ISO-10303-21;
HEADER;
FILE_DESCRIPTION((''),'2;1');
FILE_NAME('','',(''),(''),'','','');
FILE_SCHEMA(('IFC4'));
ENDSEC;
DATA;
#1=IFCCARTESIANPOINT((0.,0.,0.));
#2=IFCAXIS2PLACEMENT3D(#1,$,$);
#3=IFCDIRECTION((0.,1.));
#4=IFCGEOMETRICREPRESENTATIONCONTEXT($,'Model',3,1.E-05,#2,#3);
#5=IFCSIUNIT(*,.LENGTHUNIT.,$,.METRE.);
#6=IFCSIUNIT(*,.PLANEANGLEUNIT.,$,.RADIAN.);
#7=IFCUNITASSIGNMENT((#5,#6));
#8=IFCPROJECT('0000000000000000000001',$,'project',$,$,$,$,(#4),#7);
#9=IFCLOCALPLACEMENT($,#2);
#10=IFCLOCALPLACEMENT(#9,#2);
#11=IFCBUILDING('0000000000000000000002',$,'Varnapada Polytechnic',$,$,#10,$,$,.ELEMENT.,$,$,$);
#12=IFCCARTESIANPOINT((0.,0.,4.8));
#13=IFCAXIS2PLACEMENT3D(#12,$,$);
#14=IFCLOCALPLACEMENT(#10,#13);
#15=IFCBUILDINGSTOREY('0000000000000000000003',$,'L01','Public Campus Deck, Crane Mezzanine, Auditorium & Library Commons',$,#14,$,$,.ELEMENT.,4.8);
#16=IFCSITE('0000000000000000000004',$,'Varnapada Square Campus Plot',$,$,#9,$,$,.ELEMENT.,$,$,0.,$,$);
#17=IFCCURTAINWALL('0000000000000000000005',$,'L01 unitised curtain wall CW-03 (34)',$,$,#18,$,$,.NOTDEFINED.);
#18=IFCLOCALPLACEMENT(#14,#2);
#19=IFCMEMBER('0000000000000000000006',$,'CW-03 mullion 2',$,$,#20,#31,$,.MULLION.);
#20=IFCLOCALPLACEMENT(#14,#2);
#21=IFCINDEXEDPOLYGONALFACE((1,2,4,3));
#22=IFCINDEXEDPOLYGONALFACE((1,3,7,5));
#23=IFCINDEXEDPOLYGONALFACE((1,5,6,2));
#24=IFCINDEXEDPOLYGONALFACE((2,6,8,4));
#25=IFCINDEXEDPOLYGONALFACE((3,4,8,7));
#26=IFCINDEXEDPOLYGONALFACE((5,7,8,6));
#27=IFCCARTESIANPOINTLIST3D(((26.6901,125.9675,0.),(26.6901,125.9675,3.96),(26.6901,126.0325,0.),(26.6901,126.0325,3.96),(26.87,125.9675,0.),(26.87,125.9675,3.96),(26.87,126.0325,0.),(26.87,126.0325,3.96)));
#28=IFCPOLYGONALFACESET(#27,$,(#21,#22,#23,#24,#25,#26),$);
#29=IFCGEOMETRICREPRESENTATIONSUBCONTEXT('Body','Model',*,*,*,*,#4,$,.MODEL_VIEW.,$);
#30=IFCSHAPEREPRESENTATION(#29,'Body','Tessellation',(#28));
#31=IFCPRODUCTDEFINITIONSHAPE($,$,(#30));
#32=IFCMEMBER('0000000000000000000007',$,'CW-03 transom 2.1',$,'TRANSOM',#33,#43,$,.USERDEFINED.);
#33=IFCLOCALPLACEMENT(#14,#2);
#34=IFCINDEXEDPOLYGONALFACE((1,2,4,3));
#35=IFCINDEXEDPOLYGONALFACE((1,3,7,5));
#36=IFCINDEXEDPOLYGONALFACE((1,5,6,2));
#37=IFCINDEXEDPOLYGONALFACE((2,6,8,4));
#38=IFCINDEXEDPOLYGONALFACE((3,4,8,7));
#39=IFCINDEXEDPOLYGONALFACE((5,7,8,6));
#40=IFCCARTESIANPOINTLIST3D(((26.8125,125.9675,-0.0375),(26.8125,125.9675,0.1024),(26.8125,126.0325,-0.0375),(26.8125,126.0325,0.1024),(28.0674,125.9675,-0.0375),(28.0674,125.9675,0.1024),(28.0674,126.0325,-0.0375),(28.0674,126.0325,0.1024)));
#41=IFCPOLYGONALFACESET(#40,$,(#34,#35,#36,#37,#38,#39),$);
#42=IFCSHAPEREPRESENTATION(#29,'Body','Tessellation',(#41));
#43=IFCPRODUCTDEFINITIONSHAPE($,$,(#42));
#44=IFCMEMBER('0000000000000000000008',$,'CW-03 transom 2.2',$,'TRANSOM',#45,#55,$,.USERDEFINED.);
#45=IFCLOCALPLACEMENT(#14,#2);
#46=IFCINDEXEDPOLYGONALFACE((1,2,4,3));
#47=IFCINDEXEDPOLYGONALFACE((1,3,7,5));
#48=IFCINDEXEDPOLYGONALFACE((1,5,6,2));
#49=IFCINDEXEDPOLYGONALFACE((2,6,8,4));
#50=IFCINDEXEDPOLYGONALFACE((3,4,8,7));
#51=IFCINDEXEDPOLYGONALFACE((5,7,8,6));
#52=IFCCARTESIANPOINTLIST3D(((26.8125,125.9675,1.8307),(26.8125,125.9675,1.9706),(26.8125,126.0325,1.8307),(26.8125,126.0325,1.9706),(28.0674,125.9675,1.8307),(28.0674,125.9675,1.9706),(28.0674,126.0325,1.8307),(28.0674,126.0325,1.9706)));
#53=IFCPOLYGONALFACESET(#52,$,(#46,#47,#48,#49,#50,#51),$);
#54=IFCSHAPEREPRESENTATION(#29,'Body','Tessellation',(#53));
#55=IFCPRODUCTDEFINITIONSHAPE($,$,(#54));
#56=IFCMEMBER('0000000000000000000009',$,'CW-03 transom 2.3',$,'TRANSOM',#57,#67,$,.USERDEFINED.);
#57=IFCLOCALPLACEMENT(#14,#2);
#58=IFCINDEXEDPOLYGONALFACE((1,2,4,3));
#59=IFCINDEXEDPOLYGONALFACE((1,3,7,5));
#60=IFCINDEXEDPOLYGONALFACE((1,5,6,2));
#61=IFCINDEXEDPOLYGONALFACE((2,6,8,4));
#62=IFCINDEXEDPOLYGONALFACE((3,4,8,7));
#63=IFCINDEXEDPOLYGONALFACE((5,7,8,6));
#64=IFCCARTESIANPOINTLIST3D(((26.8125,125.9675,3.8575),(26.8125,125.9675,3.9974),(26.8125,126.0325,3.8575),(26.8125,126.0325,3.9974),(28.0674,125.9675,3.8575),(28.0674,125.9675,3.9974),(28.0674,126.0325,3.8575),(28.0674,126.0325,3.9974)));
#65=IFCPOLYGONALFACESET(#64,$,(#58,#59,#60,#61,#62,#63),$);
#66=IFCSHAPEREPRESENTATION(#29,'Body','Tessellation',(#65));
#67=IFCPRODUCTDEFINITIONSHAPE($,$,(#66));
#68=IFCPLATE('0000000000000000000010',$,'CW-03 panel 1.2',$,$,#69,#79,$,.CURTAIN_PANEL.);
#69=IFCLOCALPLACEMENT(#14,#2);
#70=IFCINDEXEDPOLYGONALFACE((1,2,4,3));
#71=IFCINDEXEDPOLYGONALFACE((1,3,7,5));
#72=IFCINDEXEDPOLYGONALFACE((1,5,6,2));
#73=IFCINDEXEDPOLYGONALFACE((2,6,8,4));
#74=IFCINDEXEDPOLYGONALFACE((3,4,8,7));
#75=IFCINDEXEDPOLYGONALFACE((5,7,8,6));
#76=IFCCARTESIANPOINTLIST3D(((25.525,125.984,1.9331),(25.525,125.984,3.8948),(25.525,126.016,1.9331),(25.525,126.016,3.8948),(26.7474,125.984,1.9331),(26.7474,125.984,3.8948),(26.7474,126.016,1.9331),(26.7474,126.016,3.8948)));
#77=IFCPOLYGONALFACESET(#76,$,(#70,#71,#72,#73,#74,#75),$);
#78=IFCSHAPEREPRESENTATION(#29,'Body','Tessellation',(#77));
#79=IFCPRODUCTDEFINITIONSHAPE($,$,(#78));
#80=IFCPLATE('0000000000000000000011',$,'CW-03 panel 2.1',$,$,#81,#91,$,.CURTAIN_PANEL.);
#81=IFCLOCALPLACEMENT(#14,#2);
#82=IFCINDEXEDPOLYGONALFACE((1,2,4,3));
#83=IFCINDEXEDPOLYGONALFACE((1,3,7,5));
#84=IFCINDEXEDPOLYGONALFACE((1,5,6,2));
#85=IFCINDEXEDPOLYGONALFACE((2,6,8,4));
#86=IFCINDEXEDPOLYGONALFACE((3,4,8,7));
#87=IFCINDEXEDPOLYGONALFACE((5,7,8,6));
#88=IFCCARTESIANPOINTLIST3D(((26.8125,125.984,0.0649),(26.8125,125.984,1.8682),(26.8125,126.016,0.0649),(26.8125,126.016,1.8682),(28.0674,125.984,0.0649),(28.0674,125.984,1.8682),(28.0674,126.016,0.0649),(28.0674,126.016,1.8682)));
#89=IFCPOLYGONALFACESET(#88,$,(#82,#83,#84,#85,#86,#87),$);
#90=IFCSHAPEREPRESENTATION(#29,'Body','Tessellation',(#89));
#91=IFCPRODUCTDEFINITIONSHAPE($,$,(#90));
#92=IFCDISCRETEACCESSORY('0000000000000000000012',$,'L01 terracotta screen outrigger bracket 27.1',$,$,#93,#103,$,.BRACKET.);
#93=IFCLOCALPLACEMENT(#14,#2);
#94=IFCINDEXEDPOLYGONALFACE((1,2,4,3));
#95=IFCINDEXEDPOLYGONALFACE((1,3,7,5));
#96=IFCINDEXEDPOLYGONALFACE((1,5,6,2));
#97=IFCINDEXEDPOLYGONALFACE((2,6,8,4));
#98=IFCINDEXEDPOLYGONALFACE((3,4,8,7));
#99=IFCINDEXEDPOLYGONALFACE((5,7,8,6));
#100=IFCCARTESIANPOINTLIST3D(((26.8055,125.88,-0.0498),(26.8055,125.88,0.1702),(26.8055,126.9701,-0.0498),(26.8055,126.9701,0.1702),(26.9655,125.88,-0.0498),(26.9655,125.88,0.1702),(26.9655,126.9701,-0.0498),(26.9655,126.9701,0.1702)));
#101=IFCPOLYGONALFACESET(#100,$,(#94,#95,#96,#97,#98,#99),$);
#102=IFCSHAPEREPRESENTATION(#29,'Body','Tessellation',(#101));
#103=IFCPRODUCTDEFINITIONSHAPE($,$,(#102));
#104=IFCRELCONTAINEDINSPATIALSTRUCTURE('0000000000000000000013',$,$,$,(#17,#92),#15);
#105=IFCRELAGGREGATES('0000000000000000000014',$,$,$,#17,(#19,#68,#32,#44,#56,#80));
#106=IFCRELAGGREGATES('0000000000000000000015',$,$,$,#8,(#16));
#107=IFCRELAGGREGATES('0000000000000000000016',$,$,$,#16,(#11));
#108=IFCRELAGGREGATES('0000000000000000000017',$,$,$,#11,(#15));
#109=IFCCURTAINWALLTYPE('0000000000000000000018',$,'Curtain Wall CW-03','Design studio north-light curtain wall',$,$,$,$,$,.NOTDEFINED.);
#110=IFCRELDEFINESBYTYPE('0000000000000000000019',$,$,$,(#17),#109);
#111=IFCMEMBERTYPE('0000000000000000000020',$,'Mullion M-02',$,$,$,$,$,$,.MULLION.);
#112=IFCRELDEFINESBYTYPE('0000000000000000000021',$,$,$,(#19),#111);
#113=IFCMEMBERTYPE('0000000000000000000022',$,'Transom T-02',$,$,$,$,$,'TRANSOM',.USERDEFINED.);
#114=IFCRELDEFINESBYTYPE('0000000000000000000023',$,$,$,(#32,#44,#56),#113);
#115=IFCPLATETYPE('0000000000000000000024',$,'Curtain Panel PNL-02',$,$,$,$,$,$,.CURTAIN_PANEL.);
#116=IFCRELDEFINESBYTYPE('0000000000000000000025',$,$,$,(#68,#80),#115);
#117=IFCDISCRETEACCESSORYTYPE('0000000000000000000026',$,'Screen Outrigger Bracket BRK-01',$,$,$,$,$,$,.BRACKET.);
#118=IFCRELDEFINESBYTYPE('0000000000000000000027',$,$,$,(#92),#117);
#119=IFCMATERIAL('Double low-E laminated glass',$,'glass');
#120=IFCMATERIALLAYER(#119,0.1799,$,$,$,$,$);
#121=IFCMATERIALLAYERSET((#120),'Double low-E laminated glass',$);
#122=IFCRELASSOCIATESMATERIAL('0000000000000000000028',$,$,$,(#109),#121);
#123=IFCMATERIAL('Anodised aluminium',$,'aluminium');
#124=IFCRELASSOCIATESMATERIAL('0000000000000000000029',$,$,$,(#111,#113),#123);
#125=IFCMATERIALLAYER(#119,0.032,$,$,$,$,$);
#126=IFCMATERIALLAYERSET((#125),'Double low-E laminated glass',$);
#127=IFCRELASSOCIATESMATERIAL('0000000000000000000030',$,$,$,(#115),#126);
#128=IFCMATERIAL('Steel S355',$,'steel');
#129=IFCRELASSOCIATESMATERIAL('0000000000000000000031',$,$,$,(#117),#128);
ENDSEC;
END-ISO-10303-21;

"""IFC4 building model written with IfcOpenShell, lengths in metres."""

from ifc_helpers import new_model, si_unit, direction, frame, origin, origin_2d, place, context, subcontext, project, spatial, rectangle, extrude, material, layer, layer_set, material_profile, profile_set, type_object, element, aggregate, save


model = new_model("IFC4")

# Units and contexts
model_context = context("Model", 3, precision=1e-05, world=origin(), true_north=direction((0.0, 1.0)))
body_context = subcontext(model_context, "Body", "Model", "MODEL_VIEW")
ifc_project = project(units=[si_unit("LENGTHUNIT", "METRE"), si_unit("PLANEANGLEUNIT", "RADIAN")], contexts=[model_context])

# Site, building, storey
site_placement = place(None, origin())
site = spatial("IfcSite", under=ifc_project, at=site_placement, Name="Varnapada Square Campus Plot", CompositionType="ELEMENT", RefElevation=0.0)
building_placement = place(site_placement, origin())
building = spatial("IfcBuilding", under=site, at=building_placement, Name="Varnapada Polytechnic", CompositionType="ELEMENT")
storey_placement = place(building_placement, frame((0.0, 0.0, 4.8)))
storey = spatial("IfcBuildingStorey", under=building, at=storey_placement, Name="L01", Description="Public Campus Deck, Crane Mezzanine, Auditorium & Library Commons", CompositionType="ELEMENT", Elevation=4.8)

# Curtain wall, members, plates
ifc_material_1 = material(Name="Double low-E laminated glass", Category="glass")
ifc_layer_1 = layer(ifc_material_1, 0.1799)
ifc_layer_set_1 = layer_set([ifc_layer_1], Name="Double low-E laminated glass")
curtain_wall_type = type_object("IfcCurtainWallType", Name="Curtain Wall CW-03", Description="Design studio north-light curtain wall", PredefinedType="NOTDEFINED", material=ifc_layer_set_1)
curtain_wall_placement = place(storey_placement, origin())
curtain_wall = element("IfcCurtainWall", 1, at=curtain_wall_placement, inside=storey, type_object=curtain_wall_type, Name="L01 unitised curtain wall CW-03 (34)", PredefinedType="NOTDEFINED")
ifc_material_2 = material(Name="Anodised aluminium", Category="aluminium")
ifc_material_profile_1 = material_profile(ifc_material_2, rectangle(XDim=0.0649, YDim=0.1799, at=origin_2d()), Name="ALU M65x180")
ifc_profile_set_1 = profile_set([ifc_material_profile_1], Name="Anodised aluminium")
member_type_1 = type_object("IfcMemberType", Name="Mullion M-02", PredefinedType="MULLION", material=ifc_profile_set_1)
member_1_placement = place(storey_placement, frame((26.78, 126.0, 0.0), z_axis=(0.0, 0.0, 1.0), x_axis=(0.0, 1.0, 0.0)))
member_1 = element("IfcMember", 2, at=member_1_placement, type_object=member_type_1, Name="CW-03 mullion 2", PredefinedType="MULLION", context=body_context, shape_type="SweptSolid", body=[
    extrude(rectangle(XDim=0.0649, YDim=0.1799, at=origin_2d()), origin(), (0.0, 0.0, 1.0), 3.96),
])
ifc_material_profile_2 = material_profile(ifc_material_2, rectangle(XDim=0.0649, YDim=0.1399, at=origin_2d()), Name="ALU T65x140")
ifc_profile_set_2 = profile_set([ifc_material_profile_2], Name="Anodised aluminium")
member_type_2 = type_object("IfcMemberType", Name="Transom T-02", ElementType="TRANSOM", PredefinedType="USERDEFINED", material=ifc_profile_set_2)
member_2_placement = place(storey_placement, frame((26.8125, 126.0, 0.0325), z_axis=(1.0, 0.0, 0.0), x_axis=(0.0, 1.0, 0.0)))
member_2 = element("IfcMember", 3, at=member_2_placement, type_object=member_type_2, Name="CW-03 transom 2.1", ObjectType="TRANSOM", PredefinedType="USERDEFINED", context=body_context, shape_type="SweptSolid", body=[
    extrude(rectangle(XDim=0.0649, YDim=0.1399, at=origin_2d()), origin(), (0.0, 0.0, 1.0), 1.2549),
])
member_3_placement = place(storey_placement, frame((26.8125, 126.0, 1.9006), z_axis=(1.0, 0.0, 0.0), x_axis=(0.0, 1.0, 0.0)))
member_3 = element("IfcMember", 4, at=member_3_placement, type_object=member_type_2, Name="CW-03 transom 2.2", ObjectType="TRANSOM", PredefinedType="USERDEFINED", context=body_context, shape_type="SweptSolid", body=[
    extrude(rectangle(XDim=0.0649, YDim=0.1399, at=origin_2d()), origin(), (0.0, 0.0, 1.0), 1.2549),
])
member_4_placement = place(storey_placement, frame((26.8125, 126.0, 3.9275), z_axis=(1.0, 0.0, 0.0), x_axis=(0.0, 1.0, 0.0)))
member_4 = element("IfcMember", 5, at=member_4_placement, type_object=member_type_2, Name="CW-03 transom 2.3", ObjectType="TRANSOM", PredefinedType="USERDEFINED", context=body_context, shape_type="SweptSolid", body=[
    extrude(rectangle(XDim=0.0649, YDim=0.1399, at=origin_2d()), origin(), (0.0, 0.0, 1.0), 1.2549),
])
ifc_layer_2 = layer(ifc_material_1, 0.032)
ifc_layer_set_2 = layer_set([ifc_layer_2], Name="Double low-E laminated glass")
plate_type = type_object("IfcPlateType", Name="Curtain Panel PNL-02", PredefinedType="CURTAIN_PANEL", material=ifc_layer_set_2)
plate_1_placement = place(storey_placement, frame((26.1362, 126.0, 1.9331), z_axis=(0.0, 0.0, 1.0), x_axis=(1.0, 0.0, 0.0)))
plate_1 = element("IfcPlate", 6, at=plate_1_placement, type_object=plate_type, Name="CW-03 panel 1.2", PredefinedType="CURTAIN_PANEL", context=body_context, shape_type="SweptSolid", body=[
    extrude(rectangle(XDim=1.2224, YDim=0.032, at=origin_2d()), origin(), (0.0, 0.0, 1.0), 1.9617),
])
plate_2_placement = place(storey_placement, frame((27.4399, 126.0, 0.0649), z_axis=(0.0, 0.0, 1.0), x_axis=(1.0, 0.0, 0.0)))
plate_2 = element("IfcPlate", 7, at=plate_2_placement, type_object=plate_type, Name="CW-03 panel 2.1", PredefinedType="CURTAIN_PANEL", context=body_context, shape_type="SweptSolid", body=[
    extrude(rectangle(XDim=1.2549, YDim=0.032, at=origin_2d()), origin(), (0.0, 0.0, 1.0), 1.8032),
])
aggregate(curtain_wall, [member_1, plate_1, member_2, member_3, member_4, plate_2])

# Discrete accessory
ifc_material_3 = material(Name="Steel S355", Category="steel")
discrete_accessory_type = type_object("IfcDiscreteAccessoryType", Name="Screen Outrigger Bracket BRK-01", PredefinedType="BRACKET", material=ifc_material_3)
discrete_accessory_placement = place(storey_placement, frame((26.8855, 126.425, -0.0498), z_axis=(0.0, 0.0, 1.0), x_axis=(1.0, 0.0, 0.0)))
element("IfcDiscreteAccessory", 8, at=discrete_accessory_placement, inside=storey, type_object=discrete_accessory_type, Name="L01 terracotta screen outrigger bracket 27.1", PredefinedType="BRACKET", context=body_context, shape_type="SweptSolid", body=[
    extrude(rectangle(XDim=0.1599, YDim=1.0901, at=origin_2d()), origin(), (0.0, 0.0, 1.0), 0.22),
])

save(model, "model.ifc")
